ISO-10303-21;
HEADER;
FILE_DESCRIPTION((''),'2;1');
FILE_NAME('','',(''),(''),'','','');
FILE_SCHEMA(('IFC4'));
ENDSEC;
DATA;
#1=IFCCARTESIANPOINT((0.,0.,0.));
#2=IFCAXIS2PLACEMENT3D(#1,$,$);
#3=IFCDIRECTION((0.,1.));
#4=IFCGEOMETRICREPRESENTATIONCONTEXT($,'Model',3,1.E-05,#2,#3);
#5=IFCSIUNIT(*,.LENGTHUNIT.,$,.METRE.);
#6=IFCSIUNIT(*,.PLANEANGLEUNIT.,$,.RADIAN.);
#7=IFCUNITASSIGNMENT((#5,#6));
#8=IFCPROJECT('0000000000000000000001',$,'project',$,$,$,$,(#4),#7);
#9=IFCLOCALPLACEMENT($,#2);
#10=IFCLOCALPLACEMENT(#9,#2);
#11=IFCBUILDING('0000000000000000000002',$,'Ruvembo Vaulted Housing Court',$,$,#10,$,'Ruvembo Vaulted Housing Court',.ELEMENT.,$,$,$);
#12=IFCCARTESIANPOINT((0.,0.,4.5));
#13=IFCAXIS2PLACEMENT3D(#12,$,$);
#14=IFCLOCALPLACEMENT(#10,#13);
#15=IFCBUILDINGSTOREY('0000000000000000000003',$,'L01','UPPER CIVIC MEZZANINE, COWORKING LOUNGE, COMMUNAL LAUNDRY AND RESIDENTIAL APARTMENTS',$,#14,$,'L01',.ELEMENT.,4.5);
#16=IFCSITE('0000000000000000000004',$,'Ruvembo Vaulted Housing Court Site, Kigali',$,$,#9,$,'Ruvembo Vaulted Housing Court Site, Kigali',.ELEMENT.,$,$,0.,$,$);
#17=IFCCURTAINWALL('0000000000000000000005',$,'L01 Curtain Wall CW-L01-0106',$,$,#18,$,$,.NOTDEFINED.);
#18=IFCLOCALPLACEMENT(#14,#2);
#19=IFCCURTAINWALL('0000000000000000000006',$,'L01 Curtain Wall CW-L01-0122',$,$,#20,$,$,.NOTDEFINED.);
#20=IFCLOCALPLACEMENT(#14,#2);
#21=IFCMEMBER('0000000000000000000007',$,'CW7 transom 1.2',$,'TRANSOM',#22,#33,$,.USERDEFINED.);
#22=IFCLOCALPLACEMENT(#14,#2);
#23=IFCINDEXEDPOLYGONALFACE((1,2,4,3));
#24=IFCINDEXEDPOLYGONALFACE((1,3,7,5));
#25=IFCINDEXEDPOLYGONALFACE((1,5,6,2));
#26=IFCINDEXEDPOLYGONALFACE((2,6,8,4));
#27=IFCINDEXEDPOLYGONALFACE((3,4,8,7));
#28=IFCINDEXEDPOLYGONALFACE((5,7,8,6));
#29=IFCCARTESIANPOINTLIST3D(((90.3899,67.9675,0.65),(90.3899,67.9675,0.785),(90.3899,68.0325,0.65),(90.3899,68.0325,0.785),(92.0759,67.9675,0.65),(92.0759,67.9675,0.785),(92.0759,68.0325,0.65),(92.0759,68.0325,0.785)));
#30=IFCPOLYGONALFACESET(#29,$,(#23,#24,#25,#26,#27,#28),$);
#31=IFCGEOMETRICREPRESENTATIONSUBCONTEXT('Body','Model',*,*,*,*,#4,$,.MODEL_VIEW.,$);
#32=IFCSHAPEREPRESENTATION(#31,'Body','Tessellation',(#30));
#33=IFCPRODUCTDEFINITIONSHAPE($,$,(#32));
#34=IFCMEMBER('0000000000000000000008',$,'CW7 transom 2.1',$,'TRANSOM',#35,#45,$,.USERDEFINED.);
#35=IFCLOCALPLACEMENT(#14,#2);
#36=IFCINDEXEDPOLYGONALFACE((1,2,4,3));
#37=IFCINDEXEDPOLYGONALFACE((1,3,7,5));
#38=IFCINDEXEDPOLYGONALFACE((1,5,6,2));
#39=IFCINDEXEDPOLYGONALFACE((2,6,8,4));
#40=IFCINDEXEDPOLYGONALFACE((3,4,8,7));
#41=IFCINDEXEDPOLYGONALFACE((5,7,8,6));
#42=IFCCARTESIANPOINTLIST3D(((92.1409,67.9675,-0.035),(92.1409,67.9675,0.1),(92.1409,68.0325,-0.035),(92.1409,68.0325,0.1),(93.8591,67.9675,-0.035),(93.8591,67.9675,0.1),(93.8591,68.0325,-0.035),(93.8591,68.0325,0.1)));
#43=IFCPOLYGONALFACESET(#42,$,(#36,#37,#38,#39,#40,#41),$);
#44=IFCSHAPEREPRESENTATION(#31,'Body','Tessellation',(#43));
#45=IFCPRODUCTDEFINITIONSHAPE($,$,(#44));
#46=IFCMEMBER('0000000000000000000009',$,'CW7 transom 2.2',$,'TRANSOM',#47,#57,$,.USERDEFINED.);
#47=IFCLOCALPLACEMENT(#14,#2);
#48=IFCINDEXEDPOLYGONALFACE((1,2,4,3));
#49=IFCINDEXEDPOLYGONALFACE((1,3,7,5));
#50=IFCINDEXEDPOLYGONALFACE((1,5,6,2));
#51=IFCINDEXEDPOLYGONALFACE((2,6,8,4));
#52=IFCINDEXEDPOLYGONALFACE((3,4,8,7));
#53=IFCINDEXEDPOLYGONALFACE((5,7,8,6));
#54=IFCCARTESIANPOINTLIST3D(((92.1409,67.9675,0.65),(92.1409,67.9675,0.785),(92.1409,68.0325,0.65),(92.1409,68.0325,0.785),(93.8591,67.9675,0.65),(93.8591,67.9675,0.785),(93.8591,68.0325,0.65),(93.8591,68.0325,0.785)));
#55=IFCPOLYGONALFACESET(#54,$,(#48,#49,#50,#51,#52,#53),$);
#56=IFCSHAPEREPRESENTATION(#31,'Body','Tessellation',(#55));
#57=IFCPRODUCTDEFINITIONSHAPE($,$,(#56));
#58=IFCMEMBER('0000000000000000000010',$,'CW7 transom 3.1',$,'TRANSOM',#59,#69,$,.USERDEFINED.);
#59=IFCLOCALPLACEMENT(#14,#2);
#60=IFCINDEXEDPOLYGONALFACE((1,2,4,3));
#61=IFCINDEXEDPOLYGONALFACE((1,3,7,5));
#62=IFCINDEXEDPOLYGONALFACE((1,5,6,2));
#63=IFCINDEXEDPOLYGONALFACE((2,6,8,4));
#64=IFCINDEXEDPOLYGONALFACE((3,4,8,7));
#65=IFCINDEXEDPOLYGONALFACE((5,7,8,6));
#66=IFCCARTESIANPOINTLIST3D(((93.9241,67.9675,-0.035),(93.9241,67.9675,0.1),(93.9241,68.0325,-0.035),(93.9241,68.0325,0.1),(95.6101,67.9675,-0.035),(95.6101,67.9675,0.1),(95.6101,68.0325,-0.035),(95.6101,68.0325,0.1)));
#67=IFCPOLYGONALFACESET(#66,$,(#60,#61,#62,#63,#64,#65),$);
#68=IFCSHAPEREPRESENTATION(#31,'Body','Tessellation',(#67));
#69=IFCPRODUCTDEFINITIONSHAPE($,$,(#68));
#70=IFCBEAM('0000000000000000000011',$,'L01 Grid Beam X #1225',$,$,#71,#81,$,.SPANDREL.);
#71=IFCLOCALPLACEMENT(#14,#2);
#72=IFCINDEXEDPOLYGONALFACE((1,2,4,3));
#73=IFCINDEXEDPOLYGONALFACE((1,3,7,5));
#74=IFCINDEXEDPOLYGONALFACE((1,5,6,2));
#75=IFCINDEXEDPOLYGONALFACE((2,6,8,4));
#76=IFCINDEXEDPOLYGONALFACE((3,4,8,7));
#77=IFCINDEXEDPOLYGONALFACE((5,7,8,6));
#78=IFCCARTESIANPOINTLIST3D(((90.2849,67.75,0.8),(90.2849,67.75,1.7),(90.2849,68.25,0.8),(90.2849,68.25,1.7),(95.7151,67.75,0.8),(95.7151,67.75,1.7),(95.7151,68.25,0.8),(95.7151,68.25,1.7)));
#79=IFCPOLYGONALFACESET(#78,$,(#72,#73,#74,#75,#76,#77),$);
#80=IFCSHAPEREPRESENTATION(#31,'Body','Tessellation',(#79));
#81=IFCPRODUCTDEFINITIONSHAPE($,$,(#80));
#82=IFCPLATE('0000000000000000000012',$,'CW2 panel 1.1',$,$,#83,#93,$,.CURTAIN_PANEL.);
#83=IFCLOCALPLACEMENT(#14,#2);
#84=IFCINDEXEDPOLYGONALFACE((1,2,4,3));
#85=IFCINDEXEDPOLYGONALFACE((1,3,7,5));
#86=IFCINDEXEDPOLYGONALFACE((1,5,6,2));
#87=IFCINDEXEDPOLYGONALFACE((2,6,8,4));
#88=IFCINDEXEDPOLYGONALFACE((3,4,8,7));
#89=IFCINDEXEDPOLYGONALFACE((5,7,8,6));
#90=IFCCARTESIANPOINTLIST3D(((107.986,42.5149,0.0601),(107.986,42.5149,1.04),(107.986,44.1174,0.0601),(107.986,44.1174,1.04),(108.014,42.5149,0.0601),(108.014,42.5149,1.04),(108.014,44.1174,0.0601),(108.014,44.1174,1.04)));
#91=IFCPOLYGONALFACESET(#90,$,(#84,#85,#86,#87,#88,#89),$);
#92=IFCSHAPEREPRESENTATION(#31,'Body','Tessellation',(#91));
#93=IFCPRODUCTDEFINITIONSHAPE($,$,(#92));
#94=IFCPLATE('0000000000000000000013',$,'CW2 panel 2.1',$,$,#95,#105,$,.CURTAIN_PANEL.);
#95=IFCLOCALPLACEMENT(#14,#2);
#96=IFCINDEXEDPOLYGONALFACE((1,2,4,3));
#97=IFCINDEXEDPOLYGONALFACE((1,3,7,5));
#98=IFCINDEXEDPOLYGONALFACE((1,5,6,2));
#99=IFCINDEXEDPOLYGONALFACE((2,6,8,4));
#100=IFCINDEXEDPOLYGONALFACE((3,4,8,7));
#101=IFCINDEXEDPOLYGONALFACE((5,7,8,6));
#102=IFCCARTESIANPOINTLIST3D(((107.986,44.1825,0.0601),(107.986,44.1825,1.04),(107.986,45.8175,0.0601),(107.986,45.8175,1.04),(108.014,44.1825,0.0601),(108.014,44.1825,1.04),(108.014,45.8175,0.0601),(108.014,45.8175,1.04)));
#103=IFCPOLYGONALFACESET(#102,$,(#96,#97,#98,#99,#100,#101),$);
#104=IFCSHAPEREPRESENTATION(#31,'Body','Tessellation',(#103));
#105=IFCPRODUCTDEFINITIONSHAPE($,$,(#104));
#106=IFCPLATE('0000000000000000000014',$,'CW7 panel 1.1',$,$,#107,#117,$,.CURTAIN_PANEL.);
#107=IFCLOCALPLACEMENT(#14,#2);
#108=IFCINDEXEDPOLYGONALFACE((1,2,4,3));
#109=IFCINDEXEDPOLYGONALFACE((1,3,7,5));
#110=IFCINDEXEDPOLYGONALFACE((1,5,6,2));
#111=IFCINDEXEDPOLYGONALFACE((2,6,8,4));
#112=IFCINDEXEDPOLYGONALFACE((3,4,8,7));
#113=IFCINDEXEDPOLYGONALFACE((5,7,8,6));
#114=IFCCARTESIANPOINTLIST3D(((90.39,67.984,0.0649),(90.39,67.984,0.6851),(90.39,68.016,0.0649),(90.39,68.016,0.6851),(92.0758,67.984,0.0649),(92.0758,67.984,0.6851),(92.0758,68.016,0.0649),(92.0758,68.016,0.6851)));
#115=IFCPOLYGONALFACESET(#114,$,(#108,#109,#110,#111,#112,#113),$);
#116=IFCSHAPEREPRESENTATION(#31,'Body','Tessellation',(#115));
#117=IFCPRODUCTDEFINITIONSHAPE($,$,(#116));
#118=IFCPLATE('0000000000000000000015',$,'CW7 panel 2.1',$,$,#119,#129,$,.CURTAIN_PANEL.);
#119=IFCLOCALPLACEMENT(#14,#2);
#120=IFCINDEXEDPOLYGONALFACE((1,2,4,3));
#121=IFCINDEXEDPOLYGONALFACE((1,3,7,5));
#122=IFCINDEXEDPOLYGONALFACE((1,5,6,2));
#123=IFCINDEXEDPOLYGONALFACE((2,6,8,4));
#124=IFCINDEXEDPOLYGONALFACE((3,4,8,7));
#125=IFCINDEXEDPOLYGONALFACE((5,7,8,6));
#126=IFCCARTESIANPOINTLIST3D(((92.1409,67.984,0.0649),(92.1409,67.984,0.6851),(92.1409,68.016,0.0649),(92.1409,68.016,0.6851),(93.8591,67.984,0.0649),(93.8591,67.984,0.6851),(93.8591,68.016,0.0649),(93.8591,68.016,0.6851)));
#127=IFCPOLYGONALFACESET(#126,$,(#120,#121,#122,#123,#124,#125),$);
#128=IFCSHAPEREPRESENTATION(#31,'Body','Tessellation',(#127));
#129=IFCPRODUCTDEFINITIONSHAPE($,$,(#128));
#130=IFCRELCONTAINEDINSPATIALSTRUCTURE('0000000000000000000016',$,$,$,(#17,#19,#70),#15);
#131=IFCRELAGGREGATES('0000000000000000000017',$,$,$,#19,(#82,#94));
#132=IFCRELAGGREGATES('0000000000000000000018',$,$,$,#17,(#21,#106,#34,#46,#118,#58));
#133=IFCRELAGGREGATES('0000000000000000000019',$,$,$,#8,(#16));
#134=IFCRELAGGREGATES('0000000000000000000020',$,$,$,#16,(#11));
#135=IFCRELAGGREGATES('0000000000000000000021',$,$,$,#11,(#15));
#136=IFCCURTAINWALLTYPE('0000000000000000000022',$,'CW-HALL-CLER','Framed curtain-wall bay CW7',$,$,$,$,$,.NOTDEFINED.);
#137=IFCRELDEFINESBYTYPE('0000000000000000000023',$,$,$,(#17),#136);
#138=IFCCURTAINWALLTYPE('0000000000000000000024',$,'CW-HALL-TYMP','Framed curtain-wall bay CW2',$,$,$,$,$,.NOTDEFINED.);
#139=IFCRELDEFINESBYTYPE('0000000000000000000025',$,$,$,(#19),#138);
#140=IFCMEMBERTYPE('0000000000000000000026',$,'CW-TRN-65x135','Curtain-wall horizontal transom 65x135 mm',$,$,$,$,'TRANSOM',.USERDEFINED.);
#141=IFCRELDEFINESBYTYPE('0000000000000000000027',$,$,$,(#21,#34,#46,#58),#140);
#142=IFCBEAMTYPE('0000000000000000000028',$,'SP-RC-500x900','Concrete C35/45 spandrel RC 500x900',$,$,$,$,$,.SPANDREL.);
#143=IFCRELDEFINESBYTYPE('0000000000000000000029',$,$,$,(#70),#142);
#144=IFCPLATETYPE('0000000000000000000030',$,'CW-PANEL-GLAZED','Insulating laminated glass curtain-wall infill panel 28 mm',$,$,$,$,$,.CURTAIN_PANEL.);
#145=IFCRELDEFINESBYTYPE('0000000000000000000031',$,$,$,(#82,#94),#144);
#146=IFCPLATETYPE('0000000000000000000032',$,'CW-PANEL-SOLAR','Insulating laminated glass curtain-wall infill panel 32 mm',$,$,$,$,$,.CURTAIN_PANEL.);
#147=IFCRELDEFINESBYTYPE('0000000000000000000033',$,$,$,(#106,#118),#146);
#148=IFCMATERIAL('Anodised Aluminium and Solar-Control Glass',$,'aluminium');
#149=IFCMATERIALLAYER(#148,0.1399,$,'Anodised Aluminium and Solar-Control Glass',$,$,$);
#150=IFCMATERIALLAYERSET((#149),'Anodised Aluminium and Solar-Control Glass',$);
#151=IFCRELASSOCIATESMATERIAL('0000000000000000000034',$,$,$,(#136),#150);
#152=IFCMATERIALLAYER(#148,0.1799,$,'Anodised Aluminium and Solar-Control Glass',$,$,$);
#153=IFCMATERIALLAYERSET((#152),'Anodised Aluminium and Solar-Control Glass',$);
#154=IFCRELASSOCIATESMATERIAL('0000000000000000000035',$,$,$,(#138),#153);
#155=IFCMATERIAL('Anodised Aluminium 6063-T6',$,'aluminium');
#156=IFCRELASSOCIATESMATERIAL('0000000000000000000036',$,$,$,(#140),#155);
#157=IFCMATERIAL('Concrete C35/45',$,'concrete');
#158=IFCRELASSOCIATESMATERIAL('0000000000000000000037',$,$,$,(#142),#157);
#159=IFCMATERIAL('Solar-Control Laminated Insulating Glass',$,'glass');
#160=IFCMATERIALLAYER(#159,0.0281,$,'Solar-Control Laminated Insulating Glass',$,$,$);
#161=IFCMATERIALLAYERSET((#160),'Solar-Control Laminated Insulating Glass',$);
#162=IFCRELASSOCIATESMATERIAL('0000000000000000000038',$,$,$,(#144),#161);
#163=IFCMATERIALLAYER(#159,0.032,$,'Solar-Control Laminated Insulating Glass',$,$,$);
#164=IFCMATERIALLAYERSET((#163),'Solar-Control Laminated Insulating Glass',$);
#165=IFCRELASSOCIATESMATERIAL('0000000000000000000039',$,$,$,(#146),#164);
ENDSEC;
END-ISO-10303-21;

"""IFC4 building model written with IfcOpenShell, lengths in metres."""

from ifc_helpers import new_model, si_unit, direction, frame, origin, origin_2d, place, context, subcontext, project, spatial, rectangle, extrude, material, layer, layer_set, material_profile, profile_set, type_object, element, aggregate, save


model = new_model("IFC4")

# Units and contexts
model_context = context("Model", 3, precision=1e-05, world=origin(), true_north=direction((0.0, 1.0)))
body_context = subcontext(model_context, "Body", "Model", "MODEL_VIEW")
ifc_project = project(units=[si_unit("LENGTHUNIT", "METRE"), si_unit("PLANEANGLEUNIT", "RADIAN")], contexts=[model_context])

# Site, building, storey
site_placement = place(None, origin())
site = spatial("IfcSite", under=ifc_project, at=site_placement, Name="Ruvembo Vaulted Housing Court Site, Kigali", LongName="Ruvembo Vaulted Housing Court Site, Kigali", CompositionType="ELEMENT", RefElevation=0.0)
building_placement = place(site_placement, origin())
building = spatial("IfcBuilding", under=site, at=building_placement, Name="Ruvembo Vaulted Housing Court", LongName="Ruvembo Vaulted Housing Court", CompositionType="ELEMENT")
storey_placement = place(building_placement, frame((0.0, 0.0, 4.5)))
storey = spatial("IfcBuildingStorey", under=building, at=storey_placement, Name="L01", Description="UPPER CIVIC MEZZANINE, COWORKING LOUNGE, COMMUNAL LAUNDRY AND RESIDENTIAL APARTMENTS", LongName="L01", CompositionType="ELEMENT", Elevation=4.5)

# Curtain walls
ifc_material_1 = material(Name="Anodised Aluminium and Solar-Control Glass", Category="aluminium")
ifc_layer_1 = layer(ifc_material_1, 0.1399, Name="Anodised Aluminium and Solar-Control Glass")
ifc_layer_set_1 = layer_set([ifc_layer_1], Name="Anodised Aluminium and Solar-Control Glass")
curtain_wall_type_1 = type_object("IfcCurtainWallType", Name="CW-HALL-CLER", Description="Framed curtain-wall bay CW7", PredefinedType="NOTDEFINED", material=ifc_layer_set_1)
curtain_wall_1_placement = place(storey_placement, origin())
curtain_wall_1 = element("IfcCurtainWall", 1, at=curtain_wall_1_placement, inside=storey, type_object=curtain_wall_type_1, Name="L01 Curtain Wall CW-L01-0106", PredefinedType="NOTDEFINED")
ifc_material_2 = material(Name="Anodised Aluminium 6063-T6", Category="aluminium")
ifc_layer_2 = layer(ifc_material_1, 0.1799, Name="Anodised Aluminium and Solar-Control Glass")
ifc_layer_set_2 = layer_set([ifc_layer_2], Name="Anodised Aluminium and Solar-Control Glass")
curtain_wall_type_2 = type_object("IfcCurtainWallType", Name="CW-HALL-TYMP", Description="Framed curtain-wall bay CW2", PredefinedType="NOTDEFINED", material=ifc_layer_set_2)
curtain_wall_2_placement = place(storey_placement, origin())
curtain_wall_2 = element("IfcCurtainWall", 2, at=curtain_wall_2_placement, inside=storey, type_object=curtain_wall_type_2, Name="L01 Curtain Wall CW-L01-0122", PredefinedType="NOTDEFINED")

# Members
ifc_material_profile_1 = material_profile(ifc_material_2, rectangle(XDim=0.0649, YDim=0.135, at=origin_2d()), Name="ALU 65x135")
ifc_profile_set_1 = profile_set([ifc_material_profile_1], Name="Anodised Aluminium 6063-T6")
member_type_1 = type_object("IfcMemberType", Name="CW-TRN-65x135", Description="Curtain-wall horizontal transom 65x135 mm", ElementType="TRANSOM", PredefinedType="USERDEFINED", material=ifc_profile_set_1)
member_1_placement = place(storey_placement, frame((90.3899, 68.0, 0.7175), z_axis=(1.0, 0.0, 0.0), x_axis=(0.0, 1.0, 0.0)))
member_1 = element("IfcMember", 3, at=member_1_placement, type_object=member_type_1, Name="CW7 transom 1.2", ObjectType="TRANSOM", PredefinedType="USERDEFINED", context=body_context, shape_type="SweptSolid", body=[
    extrude(rectangle(XDim=0.0649, YDim=0.135, at=origin_2d()), origin(), (0.0, 0.0, 1.0), 1.686),
])
member_2_placement = place(storey_placement, frame((92.1409, 68.0, 0.0325), z_axis=(1.0, 0.0, 0.0), x_axis=(0.0, 1.0, 0.0)))
member_2 = element("IfcMember", 4, at=member_2_placement, type_object=member_type_1, Name="CW7 transom 2.1", ObjectType="TRANSOM", PredefinedType="USERDEFINED", context=body_context, shape_type="SweptSolid", body=[
    extrude(rectangle(XDim=0.0649, YDim=0.135, at=origin_2d()), origin(), (0.0, 0.0, 1.0), 1.7183),
])
member_3_placement = place(storey_placement, frame((92.1409, 68.0, 0.7175), z_axis=(1.0, 0.0, 0.0), x_axis=(0.0, 1.0, 0.0)))
member_3 = element("IfcMember", 5, at=member_3_placement, type_object=member_type_1, Name="CW7 transom 2.2", ObjectType="TRANSOM", PredefinedType="USERDEFINED", context=body_context, shape_type="SweptSolid", body=[
    extrude(rectangle(XDim=0.0649, YDim=0.135, at=origin_2d()), origin(), (0.0, 0.0, 1.0), 1.7183),
])
member_4_placement = place(storey_placement, frame((93.9241, 68.0, 0.0325), z_axis=(1.0, 0.0, 0.0), x_axis=(0.0, 1.0, 0.0)))
member_4 = element("IfcMember", 6, at=member_4_placement, type_object=member_type_1, Name="CW7 transom 3.1", ObjectType="TRANSOM", PredefinedType="USERDEFINED", context=body_context, shape_type="SweptSolid", body=[
    extrude(rectangle(XDim=0.0649, YDim=0.135, at=origin_2d()), origin(), (0.0, 0.0, 1.0), 1.686),
])

# Beam
ifc_material_3 = material(Name="Concrete C35/45", Category="concrete")
ifc_material_profile_2 = material_profile(ifc_material_3, rectangle(XDim=0.5, YDim=0.8999, at=origin_2d()), Name="RC 500x900")
ifc_profile_set_2 = profile_set([ifc_material_profile_2], Name="Concrete C35/45")
beam_type = type_object("IfcBeamType", Name="SP-RC-500x900", Description="Concrete C35/45 spandrel RC 500x900", PredefinedType="SPANDREL", material=ifc_profile_set_2)
beam_placement = place(storey_placement, frame((90.2849, 68.0, 1.25), z_axis=(1.0, 0.0, 0.0), x_axis=(0.0, 1.0, 0.0)))
element("IfcBeam", 7, at=beam_placement, inside=storey, type_object=beam_type, Name="L01 Grid Beam X #1225", PredefinedType="SPANDREL", context=body_context, shape_type="SweptSolid", body=[
    extrude(rectangle(XDim=0.5, YDim=0.8999, at=origin_2d()), origin(), (0.0, 0.0, 1.0), 5.4302),
])

# Plates
ifc_material_4 = material(Name="Solar-Control Laminated Insulating Glass", Category="glass")
ifc_layer_3 = layer(ifc_material_4, 0.0281, Name="Solar-Control Laminated Insulating Glass")
ifc_layer_set_3 = layer_set([ifc_layer_3], Name="Solar-Control Laminated Insulating Glass")
plate_type_1 = type_object("IfcPlateType", Name="CW-PANEL-GLAZED", Description="Insulating laminated glass curtain-wall infill panel 28 mm", PredefinedType="CURTAIN_PANEL", material=ifc_layer_set_3)
plate_1_placement = place(storey_placement, frame((108.0, 43.3162, 0.0601), z_axis=(0.0, 0.0, 1.0), x_axis=(0.0, 1.0, 0.0)))
plate_1 = element("IfcPlate", 8, at=plate_1_placement, type_object=plate_type_1, Name="CW2 panel 1.1", PredefinedType="CURTAIN_PANEL", context=body_context, shape_type="SweptSolid", body=[
    extrude(rectangle(XDim=1.6025, YDim=0.0281, at=origin_2d()), origin(), (0.0, 0.0, 1.0), 0.98),
])
plate_2_placement = place(storey_placement, frame((108.0, 45.0, 0.0601), z_axis=(0.0, 0.0, 1.0), x_axis=(0.0, 1.0, 0.0)))
plate_2 = element("IfcPlate", 9, at=plate_2_placement, type_object=plate_type_1, Name="CW2 panel 2.1", PredefinedType="CURTAIN_PANEL", context=body_context, shape_type="SweptSolid", body=[
    extrude(rectangle(XDim=1.635, YDim=0.0281, at=origin_2d()), origin(), (0.0, 0.0, 1.0), 0.98),
])
aggregate(curtain_wall_2, [plate_1, plate_2])
ifc_layer_4 = layer(ifc_material_4, 0.032, Name="Solar-Control Laminated Insulating Glass")
ifc_layer_set_4 = layer_set([ifc_layer_4], Name="Solar-Control Laminated Insulating Glass")
plate_type_2 = type_object("IfcPlateType", Name="CW-PANEL-SOLAR", Description="Insulating laminated glass curtain-wall infill panel 32 mm", PredefinedType="CURTAIN_PANEL", material=ifc_layer_set_4)
plate_3_placement = place(storey_placement, frame((91.2329, 68.0, 0.0649), z_axis=(0.0, 0.0, 1.0), x_axis=(1.0, 0.0, 0.0)))
plate_3 = element("IfcPlate", 10, at=plate_3_placement, type_object=plate_type_2, Name="CW7 panel 1.1", PredefinedType="CURTAIN_PANEL", context=body_context, shape_type="SweptSolid", body=[
    extrude(rectangle(XDim=1.6858, YDim=0.032, at=origin_2d()), origin(), (0.0, 0.0, 1.0), 0.6201),
])
plate_4_placement = place(storey_placement, frame((93.0, 68.0, 0.0649), z_axis=(0.0, 0.0, 1.0), x_axis=(1.0, 0.0, 0.0)))
plate_4 = element("IfcPlate", 11, at=plate_4_placement, type_object=plate_type_2, Name="CW7 panel 2.1", PredefinedType="CURTAIN_PANEL", context=body_context, shape_type="SweptSolid", body=[
    extrude(rectangle(XDim=1.7183, YDim=0.032, at=origin_2d()), origin(), (0.0, 0.0, 1.0), 0.6201),
])
aggregate(curtain_wall_1, [member_1, plate_3, member_2, member_3, plate_4, member_4])

save(model, "model.ifc")
